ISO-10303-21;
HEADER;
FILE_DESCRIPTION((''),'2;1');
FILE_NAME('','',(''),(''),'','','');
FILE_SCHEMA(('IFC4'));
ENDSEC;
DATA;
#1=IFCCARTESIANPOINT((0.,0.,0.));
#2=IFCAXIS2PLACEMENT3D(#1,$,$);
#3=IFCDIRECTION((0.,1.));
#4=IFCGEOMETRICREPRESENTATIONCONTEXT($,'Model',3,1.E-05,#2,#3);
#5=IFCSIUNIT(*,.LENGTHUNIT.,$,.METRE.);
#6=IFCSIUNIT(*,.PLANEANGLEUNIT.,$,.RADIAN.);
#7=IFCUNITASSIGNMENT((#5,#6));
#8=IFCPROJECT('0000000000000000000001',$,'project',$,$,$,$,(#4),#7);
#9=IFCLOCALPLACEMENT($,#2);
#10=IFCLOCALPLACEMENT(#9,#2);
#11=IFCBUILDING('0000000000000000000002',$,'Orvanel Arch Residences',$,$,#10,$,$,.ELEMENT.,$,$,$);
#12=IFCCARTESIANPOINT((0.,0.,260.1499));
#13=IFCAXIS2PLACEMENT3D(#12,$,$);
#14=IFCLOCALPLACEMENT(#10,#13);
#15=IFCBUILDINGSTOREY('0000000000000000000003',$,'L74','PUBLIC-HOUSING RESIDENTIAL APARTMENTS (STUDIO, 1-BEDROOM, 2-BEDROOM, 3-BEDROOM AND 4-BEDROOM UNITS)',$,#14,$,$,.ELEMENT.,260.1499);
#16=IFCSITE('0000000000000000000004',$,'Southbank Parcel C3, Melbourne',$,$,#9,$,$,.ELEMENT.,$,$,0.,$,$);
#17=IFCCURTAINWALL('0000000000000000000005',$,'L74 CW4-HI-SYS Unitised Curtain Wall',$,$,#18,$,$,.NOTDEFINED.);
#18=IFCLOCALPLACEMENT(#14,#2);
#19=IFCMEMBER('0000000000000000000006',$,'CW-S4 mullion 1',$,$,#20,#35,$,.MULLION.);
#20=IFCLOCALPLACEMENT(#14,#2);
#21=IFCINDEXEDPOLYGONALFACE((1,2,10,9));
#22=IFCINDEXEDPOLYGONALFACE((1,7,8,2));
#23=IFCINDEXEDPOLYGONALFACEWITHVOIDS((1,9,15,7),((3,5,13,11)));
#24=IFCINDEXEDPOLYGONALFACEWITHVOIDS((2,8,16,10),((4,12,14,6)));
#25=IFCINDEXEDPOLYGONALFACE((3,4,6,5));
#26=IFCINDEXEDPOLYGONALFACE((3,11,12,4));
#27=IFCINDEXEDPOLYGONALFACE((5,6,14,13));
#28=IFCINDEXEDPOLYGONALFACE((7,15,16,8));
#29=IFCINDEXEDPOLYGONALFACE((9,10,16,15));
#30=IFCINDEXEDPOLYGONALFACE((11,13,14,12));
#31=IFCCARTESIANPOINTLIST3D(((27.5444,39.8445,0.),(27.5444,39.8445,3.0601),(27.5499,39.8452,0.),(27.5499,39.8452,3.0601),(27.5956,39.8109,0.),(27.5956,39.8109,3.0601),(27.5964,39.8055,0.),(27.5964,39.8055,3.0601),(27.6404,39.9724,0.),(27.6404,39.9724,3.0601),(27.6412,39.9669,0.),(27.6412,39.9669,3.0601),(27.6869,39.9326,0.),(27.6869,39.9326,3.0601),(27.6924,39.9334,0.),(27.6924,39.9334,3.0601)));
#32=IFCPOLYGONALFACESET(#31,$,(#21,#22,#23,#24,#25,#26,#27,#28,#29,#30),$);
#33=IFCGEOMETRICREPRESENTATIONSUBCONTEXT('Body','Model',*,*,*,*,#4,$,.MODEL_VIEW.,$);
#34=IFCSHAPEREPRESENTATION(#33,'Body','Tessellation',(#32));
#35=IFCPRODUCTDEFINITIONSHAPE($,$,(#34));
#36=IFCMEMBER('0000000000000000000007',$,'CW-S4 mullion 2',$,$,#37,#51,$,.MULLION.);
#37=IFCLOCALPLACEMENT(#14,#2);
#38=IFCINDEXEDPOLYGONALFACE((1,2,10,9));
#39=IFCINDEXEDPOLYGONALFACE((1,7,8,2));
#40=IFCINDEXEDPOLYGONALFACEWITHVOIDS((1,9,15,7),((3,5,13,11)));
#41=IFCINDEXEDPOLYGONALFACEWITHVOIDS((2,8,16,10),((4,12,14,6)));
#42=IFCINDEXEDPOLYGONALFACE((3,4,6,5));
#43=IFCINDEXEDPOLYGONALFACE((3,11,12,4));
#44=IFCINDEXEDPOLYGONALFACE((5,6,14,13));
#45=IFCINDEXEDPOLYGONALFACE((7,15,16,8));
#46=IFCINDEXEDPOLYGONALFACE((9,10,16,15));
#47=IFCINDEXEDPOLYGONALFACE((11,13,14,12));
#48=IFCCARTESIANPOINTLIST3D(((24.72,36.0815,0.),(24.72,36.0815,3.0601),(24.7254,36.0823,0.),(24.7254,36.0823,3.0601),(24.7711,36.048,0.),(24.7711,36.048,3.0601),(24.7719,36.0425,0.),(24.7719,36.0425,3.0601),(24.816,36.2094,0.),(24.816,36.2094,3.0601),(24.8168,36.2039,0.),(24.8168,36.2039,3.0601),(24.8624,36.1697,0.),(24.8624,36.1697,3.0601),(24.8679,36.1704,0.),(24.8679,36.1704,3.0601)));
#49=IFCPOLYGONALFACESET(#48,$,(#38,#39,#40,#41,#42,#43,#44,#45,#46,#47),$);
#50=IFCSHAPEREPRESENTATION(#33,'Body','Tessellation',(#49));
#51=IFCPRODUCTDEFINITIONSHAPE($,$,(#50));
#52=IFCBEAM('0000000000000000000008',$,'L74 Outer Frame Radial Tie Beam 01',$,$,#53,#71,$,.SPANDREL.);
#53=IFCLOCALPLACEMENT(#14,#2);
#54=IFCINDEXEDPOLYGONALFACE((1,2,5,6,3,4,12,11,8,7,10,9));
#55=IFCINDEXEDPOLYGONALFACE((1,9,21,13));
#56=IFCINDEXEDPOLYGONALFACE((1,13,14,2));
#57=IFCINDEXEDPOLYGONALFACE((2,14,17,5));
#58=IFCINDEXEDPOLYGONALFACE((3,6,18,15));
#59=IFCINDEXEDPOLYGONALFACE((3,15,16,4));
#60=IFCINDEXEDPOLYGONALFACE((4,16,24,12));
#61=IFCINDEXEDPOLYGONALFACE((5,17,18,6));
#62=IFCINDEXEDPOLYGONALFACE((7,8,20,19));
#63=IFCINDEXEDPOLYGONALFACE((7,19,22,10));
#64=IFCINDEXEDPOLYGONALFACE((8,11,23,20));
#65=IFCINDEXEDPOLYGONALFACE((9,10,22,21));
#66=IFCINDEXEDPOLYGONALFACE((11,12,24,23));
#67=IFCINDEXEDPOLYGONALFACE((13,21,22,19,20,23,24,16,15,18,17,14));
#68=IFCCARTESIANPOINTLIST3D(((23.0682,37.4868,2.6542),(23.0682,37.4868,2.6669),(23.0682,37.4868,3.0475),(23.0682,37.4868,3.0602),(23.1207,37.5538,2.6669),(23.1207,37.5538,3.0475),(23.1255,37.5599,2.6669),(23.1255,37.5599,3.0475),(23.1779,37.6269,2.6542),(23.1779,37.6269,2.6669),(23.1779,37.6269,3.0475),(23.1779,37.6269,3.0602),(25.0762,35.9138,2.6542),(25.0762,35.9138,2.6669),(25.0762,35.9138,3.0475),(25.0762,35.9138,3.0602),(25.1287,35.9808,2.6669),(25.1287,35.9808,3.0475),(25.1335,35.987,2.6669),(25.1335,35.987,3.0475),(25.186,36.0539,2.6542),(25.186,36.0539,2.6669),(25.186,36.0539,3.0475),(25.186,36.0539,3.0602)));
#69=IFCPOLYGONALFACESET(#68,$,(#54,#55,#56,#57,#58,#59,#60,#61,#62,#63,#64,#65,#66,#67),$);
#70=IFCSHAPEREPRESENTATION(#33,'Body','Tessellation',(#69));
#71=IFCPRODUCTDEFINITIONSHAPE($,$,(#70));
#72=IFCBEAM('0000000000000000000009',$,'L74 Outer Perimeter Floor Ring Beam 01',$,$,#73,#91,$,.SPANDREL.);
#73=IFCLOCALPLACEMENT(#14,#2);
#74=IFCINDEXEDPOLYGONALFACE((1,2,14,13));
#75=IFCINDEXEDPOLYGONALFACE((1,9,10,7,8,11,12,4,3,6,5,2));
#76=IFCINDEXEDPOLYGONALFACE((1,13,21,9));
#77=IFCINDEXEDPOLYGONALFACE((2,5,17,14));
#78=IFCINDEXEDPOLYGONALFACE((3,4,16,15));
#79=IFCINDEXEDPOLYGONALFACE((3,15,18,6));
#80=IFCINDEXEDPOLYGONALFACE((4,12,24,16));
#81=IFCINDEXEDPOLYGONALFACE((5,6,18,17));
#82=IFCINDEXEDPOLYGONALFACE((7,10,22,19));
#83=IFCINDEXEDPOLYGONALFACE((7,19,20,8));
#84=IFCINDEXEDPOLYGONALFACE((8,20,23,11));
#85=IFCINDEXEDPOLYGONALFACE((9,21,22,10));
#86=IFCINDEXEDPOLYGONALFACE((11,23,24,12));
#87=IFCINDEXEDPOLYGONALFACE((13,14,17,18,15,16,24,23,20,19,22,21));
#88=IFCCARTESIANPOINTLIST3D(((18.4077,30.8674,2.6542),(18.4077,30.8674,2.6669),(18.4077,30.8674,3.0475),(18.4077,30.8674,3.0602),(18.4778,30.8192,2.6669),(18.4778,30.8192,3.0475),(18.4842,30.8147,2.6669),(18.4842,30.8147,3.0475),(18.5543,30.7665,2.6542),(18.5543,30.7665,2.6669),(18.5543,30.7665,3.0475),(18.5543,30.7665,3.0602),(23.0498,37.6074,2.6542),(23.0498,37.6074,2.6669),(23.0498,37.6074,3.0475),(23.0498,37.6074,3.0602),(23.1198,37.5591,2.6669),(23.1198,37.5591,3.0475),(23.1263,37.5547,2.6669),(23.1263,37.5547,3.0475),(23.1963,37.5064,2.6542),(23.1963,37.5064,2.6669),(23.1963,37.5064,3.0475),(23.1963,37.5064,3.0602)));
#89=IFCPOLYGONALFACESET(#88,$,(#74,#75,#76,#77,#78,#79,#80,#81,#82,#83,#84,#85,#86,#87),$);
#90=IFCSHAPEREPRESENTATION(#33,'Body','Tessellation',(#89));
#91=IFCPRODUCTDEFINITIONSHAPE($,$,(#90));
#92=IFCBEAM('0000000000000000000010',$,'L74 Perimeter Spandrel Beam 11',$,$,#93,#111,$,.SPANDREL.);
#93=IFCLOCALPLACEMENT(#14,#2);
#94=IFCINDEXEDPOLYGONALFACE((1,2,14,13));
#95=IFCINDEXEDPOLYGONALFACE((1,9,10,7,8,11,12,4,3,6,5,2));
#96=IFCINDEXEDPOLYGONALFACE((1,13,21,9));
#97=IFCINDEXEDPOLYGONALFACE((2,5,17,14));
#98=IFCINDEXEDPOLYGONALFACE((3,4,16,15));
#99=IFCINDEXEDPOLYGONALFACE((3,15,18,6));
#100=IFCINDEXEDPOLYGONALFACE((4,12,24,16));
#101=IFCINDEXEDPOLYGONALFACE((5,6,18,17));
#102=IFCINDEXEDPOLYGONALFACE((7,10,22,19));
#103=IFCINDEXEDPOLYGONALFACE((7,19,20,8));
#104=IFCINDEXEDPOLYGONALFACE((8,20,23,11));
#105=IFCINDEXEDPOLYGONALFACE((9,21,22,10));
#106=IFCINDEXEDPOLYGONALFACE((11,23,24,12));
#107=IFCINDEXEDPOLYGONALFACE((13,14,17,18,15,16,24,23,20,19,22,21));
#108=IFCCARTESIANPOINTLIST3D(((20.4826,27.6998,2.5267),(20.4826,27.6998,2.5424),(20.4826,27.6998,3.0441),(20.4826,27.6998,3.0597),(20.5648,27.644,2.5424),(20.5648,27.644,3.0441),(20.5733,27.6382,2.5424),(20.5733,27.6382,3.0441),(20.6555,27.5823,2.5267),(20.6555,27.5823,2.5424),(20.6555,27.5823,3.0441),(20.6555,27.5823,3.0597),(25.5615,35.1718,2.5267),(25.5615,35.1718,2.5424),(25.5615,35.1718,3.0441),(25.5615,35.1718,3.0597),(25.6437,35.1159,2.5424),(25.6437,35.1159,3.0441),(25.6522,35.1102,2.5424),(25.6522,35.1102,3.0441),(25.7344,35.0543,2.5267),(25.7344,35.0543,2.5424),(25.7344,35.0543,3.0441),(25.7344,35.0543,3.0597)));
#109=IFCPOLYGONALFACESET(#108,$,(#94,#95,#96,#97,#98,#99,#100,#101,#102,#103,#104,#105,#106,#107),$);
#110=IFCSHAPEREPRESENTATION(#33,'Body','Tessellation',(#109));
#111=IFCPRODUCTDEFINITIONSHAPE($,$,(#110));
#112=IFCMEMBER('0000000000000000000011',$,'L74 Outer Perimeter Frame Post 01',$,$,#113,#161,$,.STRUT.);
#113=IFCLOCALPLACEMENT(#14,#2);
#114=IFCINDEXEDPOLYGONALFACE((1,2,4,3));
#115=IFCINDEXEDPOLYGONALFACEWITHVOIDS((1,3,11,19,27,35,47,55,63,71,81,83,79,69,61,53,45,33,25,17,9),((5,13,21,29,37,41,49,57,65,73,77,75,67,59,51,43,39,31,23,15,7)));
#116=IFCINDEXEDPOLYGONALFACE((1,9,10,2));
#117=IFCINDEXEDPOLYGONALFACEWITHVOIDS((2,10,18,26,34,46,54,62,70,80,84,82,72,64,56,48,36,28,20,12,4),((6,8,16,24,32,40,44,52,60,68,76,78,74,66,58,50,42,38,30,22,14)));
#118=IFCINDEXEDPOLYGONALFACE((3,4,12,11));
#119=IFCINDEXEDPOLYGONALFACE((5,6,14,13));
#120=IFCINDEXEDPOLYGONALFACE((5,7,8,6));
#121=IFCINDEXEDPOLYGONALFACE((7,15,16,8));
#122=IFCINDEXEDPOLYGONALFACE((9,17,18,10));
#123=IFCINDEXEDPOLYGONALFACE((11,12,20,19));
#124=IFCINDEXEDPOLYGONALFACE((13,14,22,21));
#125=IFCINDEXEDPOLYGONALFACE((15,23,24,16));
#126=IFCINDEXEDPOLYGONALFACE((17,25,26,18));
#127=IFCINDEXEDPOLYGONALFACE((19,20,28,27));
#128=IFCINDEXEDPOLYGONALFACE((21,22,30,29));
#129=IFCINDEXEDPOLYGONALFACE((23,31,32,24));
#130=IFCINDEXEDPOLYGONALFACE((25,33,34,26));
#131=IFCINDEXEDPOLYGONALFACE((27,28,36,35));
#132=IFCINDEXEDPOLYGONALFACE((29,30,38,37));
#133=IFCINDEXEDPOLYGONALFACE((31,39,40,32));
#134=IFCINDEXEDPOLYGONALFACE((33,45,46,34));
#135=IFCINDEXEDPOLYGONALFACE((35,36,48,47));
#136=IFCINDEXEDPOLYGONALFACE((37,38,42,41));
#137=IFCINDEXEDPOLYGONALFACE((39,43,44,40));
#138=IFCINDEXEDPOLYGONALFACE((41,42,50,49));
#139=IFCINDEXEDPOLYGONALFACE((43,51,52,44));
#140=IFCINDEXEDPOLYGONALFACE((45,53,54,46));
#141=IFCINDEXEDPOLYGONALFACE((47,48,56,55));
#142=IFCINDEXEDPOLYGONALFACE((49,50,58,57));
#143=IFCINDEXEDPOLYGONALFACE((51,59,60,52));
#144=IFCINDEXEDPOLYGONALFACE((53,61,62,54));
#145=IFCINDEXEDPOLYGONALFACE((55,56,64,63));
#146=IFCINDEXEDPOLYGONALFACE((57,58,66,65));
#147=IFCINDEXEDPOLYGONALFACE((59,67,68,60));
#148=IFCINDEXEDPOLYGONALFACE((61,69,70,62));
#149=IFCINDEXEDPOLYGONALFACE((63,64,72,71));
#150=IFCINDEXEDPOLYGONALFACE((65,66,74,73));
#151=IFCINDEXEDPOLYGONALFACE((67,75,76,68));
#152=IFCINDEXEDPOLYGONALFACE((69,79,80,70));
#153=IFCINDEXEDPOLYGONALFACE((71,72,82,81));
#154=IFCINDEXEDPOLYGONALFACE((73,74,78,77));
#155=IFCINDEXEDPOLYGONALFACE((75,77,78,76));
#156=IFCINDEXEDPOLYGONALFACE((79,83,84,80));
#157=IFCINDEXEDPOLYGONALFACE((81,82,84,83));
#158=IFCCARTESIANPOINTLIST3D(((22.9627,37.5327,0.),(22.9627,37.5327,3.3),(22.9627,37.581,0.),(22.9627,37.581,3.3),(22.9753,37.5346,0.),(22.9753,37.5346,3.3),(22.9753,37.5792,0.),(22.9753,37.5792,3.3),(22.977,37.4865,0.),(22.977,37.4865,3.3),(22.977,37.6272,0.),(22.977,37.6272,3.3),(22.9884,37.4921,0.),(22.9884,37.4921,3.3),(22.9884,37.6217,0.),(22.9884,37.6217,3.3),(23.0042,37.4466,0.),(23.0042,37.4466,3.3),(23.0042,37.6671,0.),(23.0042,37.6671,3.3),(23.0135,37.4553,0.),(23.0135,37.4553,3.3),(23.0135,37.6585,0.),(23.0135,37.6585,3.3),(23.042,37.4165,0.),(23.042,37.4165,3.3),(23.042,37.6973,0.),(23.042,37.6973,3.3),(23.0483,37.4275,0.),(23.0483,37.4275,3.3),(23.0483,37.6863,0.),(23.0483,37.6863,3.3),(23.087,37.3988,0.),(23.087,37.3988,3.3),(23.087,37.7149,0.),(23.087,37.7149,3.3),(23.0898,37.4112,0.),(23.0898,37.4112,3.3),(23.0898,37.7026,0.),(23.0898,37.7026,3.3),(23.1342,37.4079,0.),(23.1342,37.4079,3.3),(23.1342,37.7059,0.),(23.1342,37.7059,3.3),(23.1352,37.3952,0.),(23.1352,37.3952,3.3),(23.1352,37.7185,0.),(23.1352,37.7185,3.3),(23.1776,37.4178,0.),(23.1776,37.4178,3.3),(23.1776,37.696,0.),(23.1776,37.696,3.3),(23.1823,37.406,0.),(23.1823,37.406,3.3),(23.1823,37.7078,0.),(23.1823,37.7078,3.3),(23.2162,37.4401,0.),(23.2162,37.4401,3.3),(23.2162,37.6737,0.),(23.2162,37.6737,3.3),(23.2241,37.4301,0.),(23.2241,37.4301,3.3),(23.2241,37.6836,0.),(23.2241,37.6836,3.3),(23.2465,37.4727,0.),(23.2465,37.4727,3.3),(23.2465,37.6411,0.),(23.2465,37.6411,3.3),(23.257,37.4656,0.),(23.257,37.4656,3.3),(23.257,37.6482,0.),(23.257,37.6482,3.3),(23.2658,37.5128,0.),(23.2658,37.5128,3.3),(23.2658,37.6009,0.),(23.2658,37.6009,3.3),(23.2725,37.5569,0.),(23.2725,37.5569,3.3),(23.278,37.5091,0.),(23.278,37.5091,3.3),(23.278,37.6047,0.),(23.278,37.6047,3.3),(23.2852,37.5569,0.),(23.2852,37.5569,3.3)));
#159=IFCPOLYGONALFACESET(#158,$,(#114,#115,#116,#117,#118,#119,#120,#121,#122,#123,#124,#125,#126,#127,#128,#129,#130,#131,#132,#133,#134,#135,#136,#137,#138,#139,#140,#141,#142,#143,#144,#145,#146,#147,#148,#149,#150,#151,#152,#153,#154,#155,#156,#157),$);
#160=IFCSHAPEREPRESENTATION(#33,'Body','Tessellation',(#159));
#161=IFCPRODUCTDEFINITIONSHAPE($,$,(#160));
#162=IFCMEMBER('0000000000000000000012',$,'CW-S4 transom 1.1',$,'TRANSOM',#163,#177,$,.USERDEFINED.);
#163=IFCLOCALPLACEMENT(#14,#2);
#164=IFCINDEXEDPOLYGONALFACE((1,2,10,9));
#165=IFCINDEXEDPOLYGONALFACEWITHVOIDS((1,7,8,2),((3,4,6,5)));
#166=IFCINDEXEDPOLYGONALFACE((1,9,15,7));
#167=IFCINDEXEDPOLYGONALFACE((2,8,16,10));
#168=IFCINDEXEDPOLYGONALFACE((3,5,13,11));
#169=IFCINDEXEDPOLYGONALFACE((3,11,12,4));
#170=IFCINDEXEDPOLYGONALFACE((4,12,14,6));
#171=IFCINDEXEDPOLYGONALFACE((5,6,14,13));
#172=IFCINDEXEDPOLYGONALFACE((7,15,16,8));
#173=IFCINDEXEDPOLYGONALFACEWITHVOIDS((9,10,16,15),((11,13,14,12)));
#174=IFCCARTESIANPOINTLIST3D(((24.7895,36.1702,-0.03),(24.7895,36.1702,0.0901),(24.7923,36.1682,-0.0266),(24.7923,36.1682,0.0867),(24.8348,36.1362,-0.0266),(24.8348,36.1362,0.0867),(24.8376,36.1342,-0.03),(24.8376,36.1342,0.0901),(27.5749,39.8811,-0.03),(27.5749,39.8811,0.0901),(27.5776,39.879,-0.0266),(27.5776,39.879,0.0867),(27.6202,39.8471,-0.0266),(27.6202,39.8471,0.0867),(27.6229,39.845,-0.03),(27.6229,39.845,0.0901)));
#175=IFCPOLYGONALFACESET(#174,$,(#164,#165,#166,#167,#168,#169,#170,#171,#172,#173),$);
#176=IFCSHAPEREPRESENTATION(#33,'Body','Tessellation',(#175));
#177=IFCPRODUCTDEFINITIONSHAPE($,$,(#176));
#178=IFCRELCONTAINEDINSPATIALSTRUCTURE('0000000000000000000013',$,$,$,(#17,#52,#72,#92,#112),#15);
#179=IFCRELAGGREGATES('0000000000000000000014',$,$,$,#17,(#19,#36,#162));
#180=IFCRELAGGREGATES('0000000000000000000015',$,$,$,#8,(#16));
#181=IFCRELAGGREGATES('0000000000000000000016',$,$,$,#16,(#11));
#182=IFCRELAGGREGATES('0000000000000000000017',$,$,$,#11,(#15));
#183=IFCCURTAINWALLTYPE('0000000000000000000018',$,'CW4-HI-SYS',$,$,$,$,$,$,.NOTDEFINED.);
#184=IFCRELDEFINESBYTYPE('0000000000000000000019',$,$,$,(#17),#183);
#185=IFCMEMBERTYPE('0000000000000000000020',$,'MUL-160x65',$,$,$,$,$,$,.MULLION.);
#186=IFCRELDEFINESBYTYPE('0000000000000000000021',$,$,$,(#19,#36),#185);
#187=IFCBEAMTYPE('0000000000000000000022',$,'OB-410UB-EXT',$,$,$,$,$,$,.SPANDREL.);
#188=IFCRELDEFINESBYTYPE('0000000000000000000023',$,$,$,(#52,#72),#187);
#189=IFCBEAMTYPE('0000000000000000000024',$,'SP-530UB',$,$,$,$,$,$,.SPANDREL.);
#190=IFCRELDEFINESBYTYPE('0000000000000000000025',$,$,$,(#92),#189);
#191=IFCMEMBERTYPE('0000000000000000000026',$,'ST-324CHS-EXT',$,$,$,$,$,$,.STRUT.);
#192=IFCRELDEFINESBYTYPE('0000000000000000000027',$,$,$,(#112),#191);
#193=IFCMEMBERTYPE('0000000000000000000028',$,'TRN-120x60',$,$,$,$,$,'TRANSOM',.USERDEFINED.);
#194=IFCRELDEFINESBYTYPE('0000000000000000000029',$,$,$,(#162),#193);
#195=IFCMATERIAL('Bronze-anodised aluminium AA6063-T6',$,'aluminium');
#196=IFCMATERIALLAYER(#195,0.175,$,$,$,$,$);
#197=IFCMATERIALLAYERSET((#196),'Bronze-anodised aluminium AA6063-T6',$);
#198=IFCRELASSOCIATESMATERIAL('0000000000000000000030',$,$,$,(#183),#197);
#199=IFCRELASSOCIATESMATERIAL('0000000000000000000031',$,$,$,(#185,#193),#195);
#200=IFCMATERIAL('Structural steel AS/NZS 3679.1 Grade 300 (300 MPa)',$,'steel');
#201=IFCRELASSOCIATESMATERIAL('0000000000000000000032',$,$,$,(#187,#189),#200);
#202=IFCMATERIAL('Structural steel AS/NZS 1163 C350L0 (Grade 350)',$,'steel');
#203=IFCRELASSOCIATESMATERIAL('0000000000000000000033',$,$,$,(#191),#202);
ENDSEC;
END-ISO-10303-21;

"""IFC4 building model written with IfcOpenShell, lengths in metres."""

from ifc_helpers import new_model, si_unit, direction, frame, origin, origin_2d, place, context, subcontext, project, spatial, hollow_rectangle, hollow_circle, i_section, extrude, material, layer, layer_set, material_profile, profile_set, type_object, element, aggregate, save


model = new_model("IFC4")

# Units and contexts
model_context = context("Model", 3, precision=1e-05, world=origin(), true_north=direction((0.0, 1.0)))
body_context = subcontext(model_context, "Body", "Model", "MODEL_VIEW")
ifc_project = project(units=[si_unit("LENGTHUNIT", "METRE"), si_unit("PLANEANGLEUNIT", "RADIAN")], contexts=[model_context])

# Site, building, storey
site_placement = place(None, origin())
site = spatial("IfcSite", under=ifc_project, at=site_placement, Name="Southbank Parcel C3, Melbourne", CompositionType="ELEMENT", RefElevation=0.0)
building_placement = place(site_placement, origin())
building = spatial("IfcBuilding", under=site, at=building_placement, Name="Orvanel Arch Residences", CompositionType="ELEMENT")
storey_placement = place(building_placement, frame((0.0, 0.0, 260.1499)))
storey = spatial("IfcBuildingStorey", under=building, at=storey_placement, Name="L74", Description="PUBLIC-HOUSING RESIDENTIAL APARTMENTS (STUDIO, 1-BEDROOM, 2-BEDROOM, 3-BEDROOM AND 4-BEDROOM UNITS)", CompositionType="ELEMENT", Elevation=260.1499)

# Shared definitions
ifc_material_1 = material(Name="Structural steel AS/NZS 3679.1 Grade 300 (300 MPa)", Category="steel")

# Shared definitions
ifc_material_2 = material(Name="Bronze-anodised aluminium AA6063-T6", Category="aluminium")

# Curtain wall, members
ifc_layer_1 = layer(ifc_material_2, 0.175)
ifc_layer_set_1 = layer_set([ifc_layer_1], Name="Bronze-anodised aluminium AA6063-T6")
curtain_wall_type_1 = type_object("IfcCurtainWallType", Name="CW4-HI-SYS", PredefinedType="NOTDEFINED", material=ifc_layer_set_1)
curtain_wall_1_placement = place(storey_placement, origin())
curtain_wall_1 = element("IfcCurtainWall", 1, at=curtain_wall_1_placement, inside=storey, type_object=curtain_wall_type_1, Name="L74 CW4-HI-SYS Unitised Curtain Wall", PredefinedType="NOTDEFINED")
ifc_material_profile_1 = material_profile(ifc_material_2, hollow_rectangle(XDim=0.0649, YDim=0.1599, WallThickness=0.0039, at=origin_2d()), Name="ALU160x65x4")
ifc_profile_set_1 = profile_set([ifc_material_profile_1], Name="Bronze-anodised aluminium AA6063-T6")
member_type_1 = type_object("IfcMemberType", Name="MUL-160x65", PredefinedType="MULLION", material=ifc_profile_set_1)
member_1_placement = place(storey_placement, frame((27.6184, 39.8889, 0.0), z_axis=(0.0, 0.0, 1.0), x_axis=(0.799772, -0.600304, 0.0)))
member_1 = element("IfcMember", 2, at=member_1_placement, type_object=member_type_1, Name="CW-S4 mullion 1", PredefinedType="MULLION", context=body_context, shape_type="SweptSolid", body=[
    extrude(hollow_rectangle(XDim=0.0649, YDim=0.1599, WallThickness=0.0039, at=origin_2d()), origin(), (0.0, 0.0, 1.0), 3.0601),
])
member_2_placement = place(storey_placement, frame((24.7939, 36.126, 0.0), z_axis=(0.0, 0.0, 1.0), x_axis=(0.799772, -0.600304, 0.0)))
member_2 = element("IfcMember", 3, at=member_2_placement, type_object=member_type_1, Name="CW-S4 mullion 2", PredefinedType="MULLION", context=body_context, shape_type="SweptSolid", body=[
    extrude(hollow_rectangle(XDim=0.0649, YDim=0.1599, WallThickness=0.0039, at=origin_2d()), origin(), (0.0, 0.0, 1.0), 3.0601),
])

# Beams
ifc_material_profile_2 = material_profile(ifc_material_1, i_section(OverallWidth=0.178, OverallDepth=0.406, WebThickness=0.0078, FlangeThickness=0.0127, at=origin_2d()), Name="410UB59.7")
ifc_profile_set_2 = profile_set([ifc_material_profile_2], Name="Structural steel AS/NZS 3679.1 Grade 300 (300 MPa)")
beam_type_1 = type_object("IfcBeamType", Name="OB-410UB-EXT", PredefinedType="SPANDREL", material=ifc_profile_set_2)
beam_1_placement = place(storey_placement, frame((25.1311, 35.9839, 2.8572), z_axis=(-0.787224, 0.616667, 0.0), x_axis=(-0.616667, -0.787224, 0.0)))
element("IfcBeam", 4, at=beam_1_placement, inside=storey, type_object=beam_type_1, Name="L74 Outer Frame Radial Tie Beam 01", PredefinedType="SPANDREL", context=body_context, shape_type="SweptSolid", body=[
    extrude(i_section(OverallWidth=0.178, OverallDepth=0.406, WebThickness=0.0078, FlangeThickness=0.0127, at=origin_2d()), origin(), (0.0, 0.0, 1.0), 2.5508),
])
beam_2_placement = place(storey_placement, frame((23.123, 37.5569, 2.8572), z_axis=(-0.567221, -0.823566, 0.0), x_axis=(0.823566, -0.567221, 0.0)))
element("IfcBeam", 5, at=beam_2_placement, inside=storey, type_object=beam_type_1, Name="L74 Outer Perimeter Floor Ring Beam 01", PredefinedType="SPANDREL", context=body_context, shape_type="SweptSolid", body=[
    extrude(i_section(OverallWidth=0.178, OverallDepth=0.406, WebThickness=0.0078, FlangeThickness=0.0127, at=origin_2d()), origin(), (0.0, 0.0, 1.0), 8.1838),
])
ifc_material_profile_3 = material_profile(ifc_material_1, i_section(OverallWidth=0.209, OverallDepth=0.533, WebThickness=0.0103, FlangeThickness=0.0156, at=origin_2d()), Name="530UB92.4")
ifc_profile_set_3 = profile_set([ifc_material_profile_3], Name="Structural steel AS/NZS 3679.1 Grade 300 (300 MPa)")
beam_type_2 = type_object("IfcBeamType", Name="SP-530UB", PredefinedType="SPANDREL", material=ifc_profile_set_3)
beam_3_placement = place(storey_placement, frame((25.6479, 35.113, 2.7932), z_axis=(-0.562155, -0.827032, 0.0), x_axis=(0.827032, -0.562155, 0.0)))
element("IfcBeam", 6, at=beam_3_placement, inside=storey, type_object=beam_type_2, Name="L74 Perimeter Spandrel Beam 11", PredefinedType="SPANDREL", context=body_context, shape_type="SweptSolid", body=[
    extrude(i_section(OverallWidth=0.209, OverallDepth=0.533, WebThickness=0.0103, FlangeThickness=0.0156, at=origin_2d()), origin(), (0.0, 0.0, 1.0), 9.0347),
])

# Members
ifc_material_3 = material(Name="Structural steel AS/NZS 1163 C350L0 (Grade 350)", Category="steel")
ifc_material_profile_4 = material_profile(ifc_material_3, hollow_circle(Radius=0.1621, WallThickness=0.0127, at=origin_2d()), Name="CHS324x12.7")
ifc_profile_set_4 = profile_set([ifc_material_profile_4], Name="Structural steel AS/NZS 1163 C350L0 (Grade 350)")
member_type_2 = type_object("IfcMemberType", Name="ST-324CHS-EXT", PredefinedType="STRUT", material=ifc_profile_set_4)
member_3_placement = place(storey_placement, frame((23.123, 37.5569, 0.0), z_axis=(0.0, 0.0, 1.0), x_axis=(1.0, 0.0, 0.0)))
element("IfcMember", 7, at=member_3_placement, inside=storey, type_object=member_type_2, Name="L74 Outer Perimeter Frame Post 01", PredefinedType="STRUT", context=body_context, shape_type="SweptSolid", body=[
    extrude(hollow_circle(Radius=0.1621, WallThickness=0.0127, at=origin_2d()), origin(), (0.0, 0.0, 1.0), 3.3),
])
ifc_material_profile_5 = material_profile(ifc_material_2, hollow_rectangle(XDim=0.0601, YDim=0.1201, WallThickness=0.0034, at=origin_2d()), Name="ALU120x60x3.5")
ifc_profile_set_5 = profile_set([ifc_material_profile_5], Name="Bronze-anodised aluminium AA6063-T6")
member_type_3 = type_object("IfcMemberType", Name="TRN-120x60", ElementType="TRANSOM", PredefinedType="USERDEFINED", material=ifc_profile_set_5)
member_4_placement = place(storey_placement, frame((27.5989, 39.863, 0.03), z_axis=(-0.600303, -0.799773, 0.0), x_axis=(0.799773, -0.600303, 0.0)))
member_4 = element("IfcMember", 8, at=member_4_placement, type_object=member_type_3, Name="CW-S4 transom 1.1", ObjectType="TRANSOM", PredefinedType="USERDEFINED", context=body_context, shape_type="SweptSolid", body=[
    extrude(hollow_rectangle(XDim=0.0601, YDim=0.1201, WallThickness=0.0034, at=origin_2d()), origin(), (0.0, 0.0, 1.0), 4.6399),
])

aggregate(curtain_wall_1, [member_1, member_2, member_4])

save(model, "model.ifc")
